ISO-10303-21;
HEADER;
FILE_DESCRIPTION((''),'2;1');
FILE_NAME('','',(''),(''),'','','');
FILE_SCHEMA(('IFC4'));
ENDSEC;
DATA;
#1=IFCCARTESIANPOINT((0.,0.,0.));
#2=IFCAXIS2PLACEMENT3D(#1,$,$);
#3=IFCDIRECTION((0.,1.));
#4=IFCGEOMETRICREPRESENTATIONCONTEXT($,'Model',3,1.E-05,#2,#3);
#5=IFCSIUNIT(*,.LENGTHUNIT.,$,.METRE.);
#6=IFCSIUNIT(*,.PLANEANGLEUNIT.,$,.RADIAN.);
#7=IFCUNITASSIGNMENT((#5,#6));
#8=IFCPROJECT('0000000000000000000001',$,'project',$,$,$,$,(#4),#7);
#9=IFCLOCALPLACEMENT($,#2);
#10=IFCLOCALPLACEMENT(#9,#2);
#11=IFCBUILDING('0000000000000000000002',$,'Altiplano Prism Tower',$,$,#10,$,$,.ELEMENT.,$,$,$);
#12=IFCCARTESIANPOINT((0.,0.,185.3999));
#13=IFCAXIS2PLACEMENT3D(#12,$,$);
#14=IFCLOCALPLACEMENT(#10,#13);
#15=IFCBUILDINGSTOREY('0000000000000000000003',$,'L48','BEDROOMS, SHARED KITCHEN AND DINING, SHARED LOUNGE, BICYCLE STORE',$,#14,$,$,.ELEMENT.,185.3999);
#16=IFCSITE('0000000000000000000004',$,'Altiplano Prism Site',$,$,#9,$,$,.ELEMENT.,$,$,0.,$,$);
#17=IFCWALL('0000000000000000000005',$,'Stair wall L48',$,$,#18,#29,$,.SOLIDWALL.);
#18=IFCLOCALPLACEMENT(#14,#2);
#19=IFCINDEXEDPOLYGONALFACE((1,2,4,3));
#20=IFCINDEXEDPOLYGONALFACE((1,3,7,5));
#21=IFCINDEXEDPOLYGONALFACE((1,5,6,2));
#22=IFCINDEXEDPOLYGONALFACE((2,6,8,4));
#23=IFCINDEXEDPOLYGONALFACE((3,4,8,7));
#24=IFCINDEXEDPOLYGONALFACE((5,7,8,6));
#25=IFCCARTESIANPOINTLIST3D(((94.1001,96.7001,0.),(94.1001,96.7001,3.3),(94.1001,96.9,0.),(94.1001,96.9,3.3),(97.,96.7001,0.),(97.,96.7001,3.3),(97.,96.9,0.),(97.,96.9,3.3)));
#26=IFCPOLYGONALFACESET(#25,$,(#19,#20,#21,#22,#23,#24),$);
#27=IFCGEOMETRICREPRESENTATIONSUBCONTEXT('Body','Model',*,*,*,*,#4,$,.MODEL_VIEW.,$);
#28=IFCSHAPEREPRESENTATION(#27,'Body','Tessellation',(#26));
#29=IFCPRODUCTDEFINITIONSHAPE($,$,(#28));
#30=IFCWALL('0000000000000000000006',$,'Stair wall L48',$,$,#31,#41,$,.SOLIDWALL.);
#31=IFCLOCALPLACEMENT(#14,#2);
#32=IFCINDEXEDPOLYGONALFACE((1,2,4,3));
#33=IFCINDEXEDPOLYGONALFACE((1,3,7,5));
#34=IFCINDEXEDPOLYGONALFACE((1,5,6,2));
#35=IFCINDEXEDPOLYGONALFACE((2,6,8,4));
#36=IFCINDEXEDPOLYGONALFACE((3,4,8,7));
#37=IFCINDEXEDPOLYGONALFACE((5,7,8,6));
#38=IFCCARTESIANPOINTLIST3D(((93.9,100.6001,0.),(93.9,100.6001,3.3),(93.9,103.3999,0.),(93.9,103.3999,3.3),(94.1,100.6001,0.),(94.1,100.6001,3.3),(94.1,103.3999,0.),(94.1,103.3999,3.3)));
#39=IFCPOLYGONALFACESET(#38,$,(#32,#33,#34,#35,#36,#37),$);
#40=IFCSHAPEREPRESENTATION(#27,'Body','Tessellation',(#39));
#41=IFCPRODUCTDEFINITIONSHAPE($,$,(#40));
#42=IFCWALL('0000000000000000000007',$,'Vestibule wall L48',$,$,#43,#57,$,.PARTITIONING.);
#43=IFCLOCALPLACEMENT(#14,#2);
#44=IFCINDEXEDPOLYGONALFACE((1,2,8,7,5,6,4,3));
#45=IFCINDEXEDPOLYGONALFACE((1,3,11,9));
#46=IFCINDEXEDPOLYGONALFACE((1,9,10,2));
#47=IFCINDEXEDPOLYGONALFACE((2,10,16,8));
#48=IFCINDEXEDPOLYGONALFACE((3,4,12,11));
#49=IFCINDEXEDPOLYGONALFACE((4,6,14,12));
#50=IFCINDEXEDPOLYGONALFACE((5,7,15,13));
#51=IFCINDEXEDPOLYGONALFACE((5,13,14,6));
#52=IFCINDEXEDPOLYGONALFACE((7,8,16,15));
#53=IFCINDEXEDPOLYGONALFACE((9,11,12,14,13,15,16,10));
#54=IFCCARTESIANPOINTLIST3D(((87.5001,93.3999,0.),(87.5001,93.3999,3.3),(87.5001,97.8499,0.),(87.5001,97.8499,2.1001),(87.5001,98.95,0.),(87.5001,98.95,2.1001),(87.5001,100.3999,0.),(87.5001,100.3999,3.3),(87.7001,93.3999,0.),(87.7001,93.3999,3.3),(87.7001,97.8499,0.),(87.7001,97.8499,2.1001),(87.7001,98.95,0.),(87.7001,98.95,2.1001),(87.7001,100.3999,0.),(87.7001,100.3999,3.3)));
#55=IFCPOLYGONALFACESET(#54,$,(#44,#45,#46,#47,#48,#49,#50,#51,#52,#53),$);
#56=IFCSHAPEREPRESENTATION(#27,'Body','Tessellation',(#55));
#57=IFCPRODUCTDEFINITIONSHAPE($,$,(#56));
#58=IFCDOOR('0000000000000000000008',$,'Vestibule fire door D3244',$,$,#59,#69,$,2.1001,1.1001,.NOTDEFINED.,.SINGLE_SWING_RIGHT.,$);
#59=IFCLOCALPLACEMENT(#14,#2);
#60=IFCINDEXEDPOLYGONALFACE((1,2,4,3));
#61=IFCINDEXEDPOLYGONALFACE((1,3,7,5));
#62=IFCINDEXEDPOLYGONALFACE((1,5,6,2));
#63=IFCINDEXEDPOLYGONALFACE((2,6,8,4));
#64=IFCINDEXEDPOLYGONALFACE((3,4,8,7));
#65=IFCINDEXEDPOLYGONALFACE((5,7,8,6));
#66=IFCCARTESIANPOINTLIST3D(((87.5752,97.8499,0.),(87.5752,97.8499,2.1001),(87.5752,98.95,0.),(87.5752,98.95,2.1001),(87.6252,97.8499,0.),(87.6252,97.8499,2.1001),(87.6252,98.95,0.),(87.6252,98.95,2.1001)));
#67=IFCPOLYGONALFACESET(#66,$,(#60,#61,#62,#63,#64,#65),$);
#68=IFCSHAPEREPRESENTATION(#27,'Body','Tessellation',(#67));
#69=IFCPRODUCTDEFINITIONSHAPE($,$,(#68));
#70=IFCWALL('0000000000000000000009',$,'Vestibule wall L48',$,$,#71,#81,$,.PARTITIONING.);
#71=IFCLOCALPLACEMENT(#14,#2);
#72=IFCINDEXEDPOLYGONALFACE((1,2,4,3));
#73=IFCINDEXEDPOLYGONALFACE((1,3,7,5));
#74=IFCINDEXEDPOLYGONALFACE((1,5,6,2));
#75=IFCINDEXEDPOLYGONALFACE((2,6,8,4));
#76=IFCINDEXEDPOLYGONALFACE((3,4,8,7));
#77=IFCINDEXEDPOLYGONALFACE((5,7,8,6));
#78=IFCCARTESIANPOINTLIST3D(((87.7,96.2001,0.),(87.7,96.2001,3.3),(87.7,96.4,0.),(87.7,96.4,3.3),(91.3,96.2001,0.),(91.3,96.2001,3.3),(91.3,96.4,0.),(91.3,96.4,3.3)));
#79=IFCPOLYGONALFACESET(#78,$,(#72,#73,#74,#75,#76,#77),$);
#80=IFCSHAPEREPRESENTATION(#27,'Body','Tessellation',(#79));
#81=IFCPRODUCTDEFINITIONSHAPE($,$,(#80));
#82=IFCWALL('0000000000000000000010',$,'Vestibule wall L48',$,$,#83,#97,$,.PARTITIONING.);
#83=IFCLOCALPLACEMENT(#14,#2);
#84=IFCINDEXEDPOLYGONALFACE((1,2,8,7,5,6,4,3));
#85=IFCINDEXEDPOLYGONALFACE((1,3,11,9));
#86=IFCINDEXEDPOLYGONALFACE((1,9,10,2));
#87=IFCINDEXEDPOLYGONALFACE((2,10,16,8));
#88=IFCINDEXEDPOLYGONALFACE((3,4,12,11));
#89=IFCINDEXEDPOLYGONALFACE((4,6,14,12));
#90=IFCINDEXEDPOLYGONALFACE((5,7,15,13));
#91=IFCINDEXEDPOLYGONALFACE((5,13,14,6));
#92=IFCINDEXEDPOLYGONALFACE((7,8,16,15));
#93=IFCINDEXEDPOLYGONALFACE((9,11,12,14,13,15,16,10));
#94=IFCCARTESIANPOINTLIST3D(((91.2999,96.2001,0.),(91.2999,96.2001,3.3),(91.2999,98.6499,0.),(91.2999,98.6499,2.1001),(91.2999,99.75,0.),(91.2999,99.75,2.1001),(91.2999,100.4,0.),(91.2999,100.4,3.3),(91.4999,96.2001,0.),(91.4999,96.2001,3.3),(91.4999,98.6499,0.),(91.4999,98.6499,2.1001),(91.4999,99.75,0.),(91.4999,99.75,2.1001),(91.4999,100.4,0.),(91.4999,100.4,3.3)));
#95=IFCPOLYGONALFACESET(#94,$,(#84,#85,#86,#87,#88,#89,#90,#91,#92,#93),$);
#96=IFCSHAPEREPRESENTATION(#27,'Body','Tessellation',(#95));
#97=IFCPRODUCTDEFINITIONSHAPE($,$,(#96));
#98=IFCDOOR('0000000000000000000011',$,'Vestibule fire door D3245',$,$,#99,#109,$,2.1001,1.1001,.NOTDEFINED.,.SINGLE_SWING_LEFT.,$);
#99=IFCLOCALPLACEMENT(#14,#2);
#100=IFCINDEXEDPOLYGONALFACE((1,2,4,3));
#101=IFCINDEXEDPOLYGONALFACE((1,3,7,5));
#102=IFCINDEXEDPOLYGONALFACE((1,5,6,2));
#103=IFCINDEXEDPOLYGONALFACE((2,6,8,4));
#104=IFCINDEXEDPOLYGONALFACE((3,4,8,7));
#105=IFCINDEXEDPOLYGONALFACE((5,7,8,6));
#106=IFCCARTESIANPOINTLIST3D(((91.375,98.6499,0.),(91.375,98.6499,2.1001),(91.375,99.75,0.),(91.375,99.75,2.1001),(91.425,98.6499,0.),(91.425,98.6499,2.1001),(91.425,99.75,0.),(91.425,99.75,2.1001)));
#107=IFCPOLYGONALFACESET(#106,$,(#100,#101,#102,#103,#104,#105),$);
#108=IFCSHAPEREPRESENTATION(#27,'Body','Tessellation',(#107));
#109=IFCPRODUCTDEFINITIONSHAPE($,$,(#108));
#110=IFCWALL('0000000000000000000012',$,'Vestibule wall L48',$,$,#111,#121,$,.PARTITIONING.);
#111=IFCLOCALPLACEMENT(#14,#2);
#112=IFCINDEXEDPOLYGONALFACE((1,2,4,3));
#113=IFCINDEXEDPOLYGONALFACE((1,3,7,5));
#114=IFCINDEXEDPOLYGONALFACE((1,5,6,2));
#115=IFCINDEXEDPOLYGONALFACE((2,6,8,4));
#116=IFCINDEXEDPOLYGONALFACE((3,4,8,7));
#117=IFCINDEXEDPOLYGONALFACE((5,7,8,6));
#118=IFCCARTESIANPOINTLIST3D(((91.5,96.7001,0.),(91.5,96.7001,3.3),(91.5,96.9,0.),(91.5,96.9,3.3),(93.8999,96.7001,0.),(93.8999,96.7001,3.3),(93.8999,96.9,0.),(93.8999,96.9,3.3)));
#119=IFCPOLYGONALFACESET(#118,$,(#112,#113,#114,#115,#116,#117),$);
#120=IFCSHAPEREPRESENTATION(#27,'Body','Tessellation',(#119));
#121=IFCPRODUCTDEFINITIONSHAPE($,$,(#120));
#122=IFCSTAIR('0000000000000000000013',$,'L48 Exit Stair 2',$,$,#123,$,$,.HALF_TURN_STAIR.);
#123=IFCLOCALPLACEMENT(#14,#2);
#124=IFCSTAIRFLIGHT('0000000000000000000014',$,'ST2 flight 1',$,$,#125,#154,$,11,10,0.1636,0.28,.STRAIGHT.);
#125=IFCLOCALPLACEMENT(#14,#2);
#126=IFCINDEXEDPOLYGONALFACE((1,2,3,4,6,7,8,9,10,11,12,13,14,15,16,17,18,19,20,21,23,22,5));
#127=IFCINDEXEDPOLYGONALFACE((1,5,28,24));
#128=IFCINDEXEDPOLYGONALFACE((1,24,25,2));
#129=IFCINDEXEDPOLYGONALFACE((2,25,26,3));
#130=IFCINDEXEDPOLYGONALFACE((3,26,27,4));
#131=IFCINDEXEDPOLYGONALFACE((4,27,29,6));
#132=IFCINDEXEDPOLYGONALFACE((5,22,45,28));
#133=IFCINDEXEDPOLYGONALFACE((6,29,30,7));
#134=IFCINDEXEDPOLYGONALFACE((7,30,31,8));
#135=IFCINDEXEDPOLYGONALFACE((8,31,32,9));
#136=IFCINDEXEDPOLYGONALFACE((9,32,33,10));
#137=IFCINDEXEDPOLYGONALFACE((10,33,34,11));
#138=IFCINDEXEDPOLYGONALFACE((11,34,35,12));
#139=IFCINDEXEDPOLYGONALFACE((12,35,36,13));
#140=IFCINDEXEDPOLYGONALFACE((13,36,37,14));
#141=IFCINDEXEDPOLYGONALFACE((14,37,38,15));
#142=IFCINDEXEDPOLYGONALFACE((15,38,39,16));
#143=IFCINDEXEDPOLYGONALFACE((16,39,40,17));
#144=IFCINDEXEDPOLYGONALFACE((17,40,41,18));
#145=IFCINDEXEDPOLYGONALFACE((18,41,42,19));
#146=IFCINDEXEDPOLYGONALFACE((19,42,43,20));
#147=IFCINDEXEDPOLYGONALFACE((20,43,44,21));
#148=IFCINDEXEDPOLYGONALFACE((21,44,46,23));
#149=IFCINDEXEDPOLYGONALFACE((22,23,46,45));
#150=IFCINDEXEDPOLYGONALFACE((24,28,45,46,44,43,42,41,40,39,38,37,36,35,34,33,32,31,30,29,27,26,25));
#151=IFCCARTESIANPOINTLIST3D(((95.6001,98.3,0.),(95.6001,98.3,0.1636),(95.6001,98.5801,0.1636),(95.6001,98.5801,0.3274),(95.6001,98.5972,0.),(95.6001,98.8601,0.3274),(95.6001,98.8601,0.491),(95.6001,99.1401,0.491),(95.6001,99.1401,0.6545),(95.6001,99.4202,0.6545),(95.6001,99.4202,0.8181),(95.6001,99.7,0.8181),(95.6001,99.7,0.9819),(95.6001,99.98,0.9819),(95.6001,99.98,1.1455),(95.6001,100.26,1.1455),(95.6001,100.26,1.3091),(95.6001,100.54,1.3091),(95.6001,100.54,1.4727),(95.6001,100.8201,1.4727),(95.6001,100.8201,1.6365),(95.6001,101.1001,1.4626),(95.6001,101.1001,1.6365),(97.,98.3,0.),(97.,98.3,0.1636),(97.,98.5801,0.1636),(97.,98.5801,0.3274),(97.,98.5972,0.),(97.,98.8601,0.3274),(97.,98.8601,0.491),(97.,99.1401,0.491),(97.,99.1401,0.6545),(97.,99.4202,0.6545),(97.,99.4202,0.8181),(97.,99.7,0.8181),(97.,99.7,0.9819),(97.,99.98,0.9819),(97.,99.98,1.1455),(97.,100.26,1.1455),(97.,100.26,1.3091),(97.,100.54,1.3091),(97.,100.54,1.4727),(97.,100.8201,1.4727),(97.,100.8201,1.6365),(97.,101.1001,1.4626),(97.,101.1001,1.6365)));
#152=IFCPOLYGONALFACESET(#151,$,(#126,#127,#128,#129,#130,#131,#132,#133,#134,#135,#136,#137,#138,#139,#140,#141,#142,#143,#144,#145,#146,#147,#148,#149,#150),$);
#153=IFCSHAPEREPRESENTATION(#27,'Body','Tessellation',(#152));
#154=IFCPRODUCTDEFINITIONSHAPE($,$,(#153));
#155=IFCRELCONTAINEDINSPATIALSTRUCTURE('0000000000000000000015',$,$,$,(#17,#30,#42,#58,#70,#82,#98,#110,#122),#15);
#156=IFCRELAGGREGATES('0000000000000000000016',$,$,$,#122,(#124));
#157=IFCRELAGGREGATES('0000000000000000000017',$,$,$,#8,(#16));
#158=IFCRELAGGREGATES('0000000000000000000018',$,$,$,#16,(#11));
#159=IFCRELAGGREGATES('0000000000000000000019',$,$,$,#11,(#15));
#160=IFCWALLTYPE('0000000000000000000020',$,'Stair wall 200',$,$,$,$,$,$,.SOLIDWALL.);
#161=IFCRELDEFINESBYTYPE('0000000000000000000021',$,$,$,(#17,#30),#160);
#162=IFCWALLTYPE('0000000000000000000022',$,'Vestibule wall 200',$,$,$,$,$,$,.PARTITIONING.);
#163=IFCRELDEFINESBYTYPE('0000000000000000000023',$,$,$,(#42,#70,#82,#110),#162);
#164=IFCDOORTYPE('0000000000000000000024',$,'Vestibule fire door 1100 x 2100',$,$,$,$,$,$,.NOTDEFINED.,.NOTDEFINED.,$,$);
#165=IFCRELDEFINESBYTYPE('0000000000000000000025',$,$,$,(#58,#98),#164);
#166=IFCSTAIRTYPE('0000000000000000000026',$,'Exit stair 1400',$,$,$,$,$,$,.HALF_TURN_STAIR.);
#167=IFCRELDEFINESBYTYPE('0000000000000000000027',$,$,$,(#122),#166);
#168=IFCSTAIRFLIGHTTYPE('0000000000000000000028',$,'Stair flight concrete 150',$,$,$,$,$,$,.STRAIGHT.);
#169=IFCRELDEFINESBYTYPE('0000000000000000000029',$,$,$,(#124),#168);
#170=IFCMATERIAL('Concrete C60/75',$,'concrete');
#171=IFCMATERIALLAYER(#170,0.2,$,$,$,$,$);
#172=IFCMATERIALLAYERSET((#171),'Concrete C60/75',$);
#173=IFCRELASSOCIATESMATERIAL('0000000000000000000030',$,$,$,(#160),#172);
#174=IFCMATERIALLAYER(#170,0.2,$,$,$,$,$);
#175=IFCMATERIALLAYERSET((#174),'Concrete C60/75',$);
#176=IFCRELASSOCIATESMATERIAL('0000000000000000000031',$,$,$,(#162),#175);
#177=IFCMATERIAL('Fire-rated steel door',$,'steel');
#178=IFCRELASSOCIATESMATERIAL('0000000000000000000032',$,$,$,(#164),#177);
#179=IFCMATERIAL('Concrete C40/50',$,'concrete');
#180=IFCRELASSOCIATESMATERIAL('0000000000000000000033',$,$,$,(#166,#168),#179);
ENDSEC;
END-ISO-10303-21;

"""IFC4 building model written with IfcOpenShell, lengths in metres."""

from ifc_helpers import new_model, si_unit, direction, frame, frame_2d, origin, place, context, subcontext, project, spatial, polyline, rectangle, outline, extrude, material, layer, layer_set, type_object, element, fill, aggregate, save


model = new_model("IFC4")

# Units and contexts
model_context = context("Model", 3, precision=1e-05, world=origin(), true_north=direction((0.0, 1.0)))
body_context = subcontext(model_context, "Body", "Model", "MODEL_VIEW")
ifc_project = project(units=[si_unit("LENGTHUNIT", "METRE"), si_unit("PLANEANGLEUNIT", "RADIAN")], contexts=[model_context])

# Site, building, storey
site_placement = place(None, origin())
site = spatial("IfcSite", under=ifc_project, at=site_placement, Name="Altiplano Prism Site", CompositionType="ELEMENT", RefElevation=0.0)
building_placement = place(site_placement, origin())
building = spatial("IfcBuilding", under=site, at=building_placement, Name="Altiplano Prism Tower", CompositionType="ELEMENT")
storey_placement = place(building_placement, frame((0.0, 0.0, 185.3999)))
storey = spatial("IfcBuildingStorey", under=building, at=storey_placement, Name="L48", Description="BEDROOMS, SHARED KITCHEN AND DINING, SHARED LOUNGE, BICYCLE STORE", CompositionType="ELEMENT", Elevation=185.3999)

# Shared definitions
ifc_material_1 = material(Name="Concrete C60/75", Category="concrete")

# Shared definitions
ifc_layer_1 = layer(ifc_material_1, 0.2)
ifc_layer_set_1 = layer_set([ifc_layer_1], Name="Concrete C60/75")
wall_type_1 = type_object("IfcWallType", Name="Stair wall 200", PredefinedType="SOLIDWALL", material=ifc_layer_set_1)
ifc_material_2 = material(Name="Fire-rated steel door", Category="steel")

# Walls
wall_1_placement = place(storey_placement, frame((94.1001, 96.8, 0.0), z_axis=(0.0, 0.0, 1.0), x_axis=(1.0, 0.0, 0.0)))
element("IfcWall", 1, at=wall_1_placement, inside=storey, type_object=wall_type_1, Name="Stair wall L48", PredefinedType="SOLIDWALL", context=body_context, shape_type="SweptSolid", body=[
    extrude(rectangle(XDim=2.8999, YDim=0.2, at=frame_2d((1.45, 0.0))), origin(), (0.0, 0.0, 1.0), 3.3),
])
wall_2_placement = place(storey_placement, frame((94.0, 100.6001, 0.0), z_axis=(0.0, 0.0, 1.0), x_axis=(0.0, 1.0, 0.0)))
element("IfcWall", 2, at=wall_2_placement, inside=storey, type_object=wall_type_1, Name="Stair wall L48", PredefinedType="SOLIDWALL", context=body_context, shape_type="SweptSolid", body=[
    extrude(rectangle(XDim=2.7998, YDim=0.2, at=frame_2d((1.3999, 0.0))), origin(), (0.0, 0.0, 1.0), 3.3),
])

# Wall, opening, door
ifc_layer_2 = layer(ifc_material_1, 0.2)
ifc_layer_set_2 = layer_set([ifc_layer_2], Name="Concrete C60/75")
wall_type_2 = type_object("IfcWallType", Name="Vestibule wall 200", PredefinedType="PARTITIONING", material=ifc_layer_set_2)
wall_3_placement = place(storey_placement, frame((87.6001, 93.3999, 0.0), z_axis=(0.0, 0.0, 1.0), x_axis=(0.0, 1.0, 0.0)))
wall_3 = element("IfcWall", 3, at=wall_3_placement, inside=storey, type_object=wall_type_2, Name="Vestibule wall L48", PredefinedType="PARTITIONING", context=body_context, shape_type="SweptSolid", body=[
    extrude(rectangle(XDim=7.0, YDim=0.2, at=frame_2d((3.5, 0.0))), origin(), (0.0, 0.0, 1.0), 3.3),
])
opening_1_placement = place(wall_3_placement, frame((4.45, 0.0, 0.0)))
opening_1 = element("IfcOpeningElement", 4, at=opening_1_placement, cuts=wall_3, PredefinedType="OPENING", context=body_context, shape_type="SweptSolid", body=[
    extrude(rectangle(XDim=1.1001, YDim=2.1001, at=frame_2d((0.55, 1.05))), frame((0.0, 0.1104, 0.0), z_axis=(0.0, -1.0, 0.0), x_axis=(1.0, 0.0, 0.0)), (0.0, 0.0, 1.0), 0.2209),
])
door_type_1 = type_object("IfcDoorType", Name="Vestibule fire door 1100 x 2100", OperationType="NOTDEFINED", PredefinedType="NOTDEFINED", material=ifc_material_2)
door_1_placement = place(opening_1_placement, origin())
door_1 = element("IfcDoor", 5, at=door_1_placement, inside=storey, type_object=door_type_1, Name="Vestibule fire door D3244", OperationType="SINGLE_SWING_RIGHT", OverallHeight=2.1001, OverallWidth=1.1001, PredefinedType="NOTDEFINED", context=body_context, shape_type="SweptSolid", body=[
    extrude(rectangle(XDim=1.1001, YDim=2.1001, at=frame_2d((0.55, 1.05))), frame((0.0, 0.0249, 0.0), z_axis=(0.0, -1.0, 0.0), x_axis=(1.0, 0.0, 0.0)), (0.0, 0.0, 1.0), 0.05),
])
fill(opening_1, door_1)

# Wall
wall_4_placement = place(storey_placement, frame((87.7, 96.3, 0.0), z_axis=(0.0, 0.0, 1.0), x_axis=(1.0, 0.0, 0.0)))
element("IfcWall", 6, at=wall_4_placement, inside=storey, type_object=wall_type_2, Name="Vestibule wall L48", PredefinedType="PARTITIONING", context=body_context, shape_type="SweptSolid", body=[
    extrude(rectangle(XDim=3.6001, YDim=0.2, at=frame_2d((1.8, 0.0))), origin(), (0.0, 0.0, 1.0), 3.3),
])

# Wall, opening, door
wall_5_placement = place(storey_placement, frame((91.3999, 96.2, 0.0), z_axis=(0.0, 0.0, 1.0), x_axis=(0.0, 1.0, 0.0)))
wall_5 = element("IfcWall", 7, at=wall_5_placement, inside=storey, type_object=wall_type_2, Name="Vestibule wall L48", PredefinedType="PARTITIONING", context=body_context, shape_type="SweptSolid", body=[
    extrude(rectangle(XDim=4.2, YDim=0.2, at=frame_2d((2.1001, 0.0))), origin(), (0.0, 0.0, 1.0), 3.3),
])
opening_2_placement = place(wall_5_placement, frame((2.45, 0.0, 0.0)))
opening_2 = element("IfcOpeningElement", 8, at=opening_2_placement, cuts=wall_5, PredefinedType="OPENING", context=body_context, shape_type="SweptSolid", body=[
    extrude(rectangle(XDim=1.1001, YDim=2.1001, at=frame_2d((0.55, 1.05))), frame((0.0, 0.1104, 0.0), z_axis=(0.0, -1.0, 0.0), x_axis=(1.0, 0.0, 0.0)), (0.0, 0.0, 1.0), 0.2209),
])
door_2_placement = place(opening_2_placement, origin())
door_2 = element("IfcDoor", 9, at=door_2_placement, inside=storey, type_object=door_type_1, Name="Vestibule fire door D3245", OperationType="SINGLE_SWING_LEFT", OverallHeight=2.1001, OverallWidth=1.1001, PredefinedType="NOTDEFINED", context=body_context, shape_type="SweptSolid", body=[
    extrude(rectangle(XDim=1.1001, YDim=2.1001, at=frame_2d((0.55, 1.05))), frame((0.0, 0.0249, 0.0), z_axis=(0.0, -1.0, 0.0), x_axis=(1.0, 0.0, 0.0)), (0.0, 0.0, 1.0), 0.05),
])
fill(opening_2, door_2)

# Wall
wall_6_placement = place(storey_placement, frame((91.5, 96.8, 0.0), z_axis=(0.0, 0.0, 1.0), x_axis=(1.0, 0.0, 0.0)))
element("IfcWall", 10, at=wall_6_placement, inside=storey, type_object=wall_type_2, Name="Vestibule wall L48", PredefinedType="PARTITIONING", context=body_context, shape_type="SweptSolid", body=[
    extrude(rectangle(XDim=2.3999, YDim=0.2, at=frame_2d((1.2, 0.0))), origin(), (0.0, 0.0, 1.0), 3.3),
])

# Stair, stair flight
ifc_material_3 = material(Name="Concrete C40/50", Category="concrete")
stair_type = type_object("IfcStairType", Name="Exit stair 1400", PredefinedType="HALF_TURN_STAIR", material=ifc_material_3)
stair_placement = place(storey_placement, origin())
stair = element("IfcStair", 11, at=stair_placement, inside=storey, type_object=stair_type, Name="L48 Exit Stair 2", PredefinedType="HALF_TURN_STAIR")
stair_flight_type = type_object("IfcStairFlightType", Name="Stair flight concrete 150", PredefinedType="STRAIGHT", material=ifc_material_3)
stair_flight_1_placement = place(storey_placement, frame((96.3, 98.3, 0.0), z_axis=(0.0, 0.0, 1.0), x_axis=(0.0, 1.0, 0.0)))
stair_flight_1 = element("IfcStairFlight", 12, at=stair_flight_1_placement, type_object=stair_flight_type, Name="ST2 flight 1", NumberOfRisers=11, NumberOfTreads=10, PredefinedType="STRAIGHT", RiserHeight=0.1636, TreadLength=0.28, context=body_context, shape_type="SweptSolid", body=[
    extrude(outline(polyline([(0.0, 0.0), (0.0, 0.1636), (0.28, 0.1636), (0.28, 0.3274), (0.5601, 0.3274), (0.5601, 0.491), (0.8401, 0.491), (0.8401, 0.6545), (1.1201, 0.6545), (1.1201, 0.8181), (1.3999, 0.8181), (1.3999, 0.9819), (1.6799, 0.9819), (1.6799, 1.1455), (1.96, 1.1455), (1.96, 1.3091), (2.24, 1.3091), (2.24, 1.4727), (2.52, 1.4727), (2.52, 1.6365), (2.8, 1.6365), (2.8, 1.8), (2.8, 1.4626), (0.2971, 0.0), (0.0, 0.0)])), frame((0.0, 0.7, 0.0), z_axis=(0.0, -1.0, 0.0), x_axis=(1.0, 0.0, 0.0)), (0.0, 0.0, 1.0), 1.3999),
])
aggregate(stair, [stair_flight_1])

save(model, "model.ifc")
